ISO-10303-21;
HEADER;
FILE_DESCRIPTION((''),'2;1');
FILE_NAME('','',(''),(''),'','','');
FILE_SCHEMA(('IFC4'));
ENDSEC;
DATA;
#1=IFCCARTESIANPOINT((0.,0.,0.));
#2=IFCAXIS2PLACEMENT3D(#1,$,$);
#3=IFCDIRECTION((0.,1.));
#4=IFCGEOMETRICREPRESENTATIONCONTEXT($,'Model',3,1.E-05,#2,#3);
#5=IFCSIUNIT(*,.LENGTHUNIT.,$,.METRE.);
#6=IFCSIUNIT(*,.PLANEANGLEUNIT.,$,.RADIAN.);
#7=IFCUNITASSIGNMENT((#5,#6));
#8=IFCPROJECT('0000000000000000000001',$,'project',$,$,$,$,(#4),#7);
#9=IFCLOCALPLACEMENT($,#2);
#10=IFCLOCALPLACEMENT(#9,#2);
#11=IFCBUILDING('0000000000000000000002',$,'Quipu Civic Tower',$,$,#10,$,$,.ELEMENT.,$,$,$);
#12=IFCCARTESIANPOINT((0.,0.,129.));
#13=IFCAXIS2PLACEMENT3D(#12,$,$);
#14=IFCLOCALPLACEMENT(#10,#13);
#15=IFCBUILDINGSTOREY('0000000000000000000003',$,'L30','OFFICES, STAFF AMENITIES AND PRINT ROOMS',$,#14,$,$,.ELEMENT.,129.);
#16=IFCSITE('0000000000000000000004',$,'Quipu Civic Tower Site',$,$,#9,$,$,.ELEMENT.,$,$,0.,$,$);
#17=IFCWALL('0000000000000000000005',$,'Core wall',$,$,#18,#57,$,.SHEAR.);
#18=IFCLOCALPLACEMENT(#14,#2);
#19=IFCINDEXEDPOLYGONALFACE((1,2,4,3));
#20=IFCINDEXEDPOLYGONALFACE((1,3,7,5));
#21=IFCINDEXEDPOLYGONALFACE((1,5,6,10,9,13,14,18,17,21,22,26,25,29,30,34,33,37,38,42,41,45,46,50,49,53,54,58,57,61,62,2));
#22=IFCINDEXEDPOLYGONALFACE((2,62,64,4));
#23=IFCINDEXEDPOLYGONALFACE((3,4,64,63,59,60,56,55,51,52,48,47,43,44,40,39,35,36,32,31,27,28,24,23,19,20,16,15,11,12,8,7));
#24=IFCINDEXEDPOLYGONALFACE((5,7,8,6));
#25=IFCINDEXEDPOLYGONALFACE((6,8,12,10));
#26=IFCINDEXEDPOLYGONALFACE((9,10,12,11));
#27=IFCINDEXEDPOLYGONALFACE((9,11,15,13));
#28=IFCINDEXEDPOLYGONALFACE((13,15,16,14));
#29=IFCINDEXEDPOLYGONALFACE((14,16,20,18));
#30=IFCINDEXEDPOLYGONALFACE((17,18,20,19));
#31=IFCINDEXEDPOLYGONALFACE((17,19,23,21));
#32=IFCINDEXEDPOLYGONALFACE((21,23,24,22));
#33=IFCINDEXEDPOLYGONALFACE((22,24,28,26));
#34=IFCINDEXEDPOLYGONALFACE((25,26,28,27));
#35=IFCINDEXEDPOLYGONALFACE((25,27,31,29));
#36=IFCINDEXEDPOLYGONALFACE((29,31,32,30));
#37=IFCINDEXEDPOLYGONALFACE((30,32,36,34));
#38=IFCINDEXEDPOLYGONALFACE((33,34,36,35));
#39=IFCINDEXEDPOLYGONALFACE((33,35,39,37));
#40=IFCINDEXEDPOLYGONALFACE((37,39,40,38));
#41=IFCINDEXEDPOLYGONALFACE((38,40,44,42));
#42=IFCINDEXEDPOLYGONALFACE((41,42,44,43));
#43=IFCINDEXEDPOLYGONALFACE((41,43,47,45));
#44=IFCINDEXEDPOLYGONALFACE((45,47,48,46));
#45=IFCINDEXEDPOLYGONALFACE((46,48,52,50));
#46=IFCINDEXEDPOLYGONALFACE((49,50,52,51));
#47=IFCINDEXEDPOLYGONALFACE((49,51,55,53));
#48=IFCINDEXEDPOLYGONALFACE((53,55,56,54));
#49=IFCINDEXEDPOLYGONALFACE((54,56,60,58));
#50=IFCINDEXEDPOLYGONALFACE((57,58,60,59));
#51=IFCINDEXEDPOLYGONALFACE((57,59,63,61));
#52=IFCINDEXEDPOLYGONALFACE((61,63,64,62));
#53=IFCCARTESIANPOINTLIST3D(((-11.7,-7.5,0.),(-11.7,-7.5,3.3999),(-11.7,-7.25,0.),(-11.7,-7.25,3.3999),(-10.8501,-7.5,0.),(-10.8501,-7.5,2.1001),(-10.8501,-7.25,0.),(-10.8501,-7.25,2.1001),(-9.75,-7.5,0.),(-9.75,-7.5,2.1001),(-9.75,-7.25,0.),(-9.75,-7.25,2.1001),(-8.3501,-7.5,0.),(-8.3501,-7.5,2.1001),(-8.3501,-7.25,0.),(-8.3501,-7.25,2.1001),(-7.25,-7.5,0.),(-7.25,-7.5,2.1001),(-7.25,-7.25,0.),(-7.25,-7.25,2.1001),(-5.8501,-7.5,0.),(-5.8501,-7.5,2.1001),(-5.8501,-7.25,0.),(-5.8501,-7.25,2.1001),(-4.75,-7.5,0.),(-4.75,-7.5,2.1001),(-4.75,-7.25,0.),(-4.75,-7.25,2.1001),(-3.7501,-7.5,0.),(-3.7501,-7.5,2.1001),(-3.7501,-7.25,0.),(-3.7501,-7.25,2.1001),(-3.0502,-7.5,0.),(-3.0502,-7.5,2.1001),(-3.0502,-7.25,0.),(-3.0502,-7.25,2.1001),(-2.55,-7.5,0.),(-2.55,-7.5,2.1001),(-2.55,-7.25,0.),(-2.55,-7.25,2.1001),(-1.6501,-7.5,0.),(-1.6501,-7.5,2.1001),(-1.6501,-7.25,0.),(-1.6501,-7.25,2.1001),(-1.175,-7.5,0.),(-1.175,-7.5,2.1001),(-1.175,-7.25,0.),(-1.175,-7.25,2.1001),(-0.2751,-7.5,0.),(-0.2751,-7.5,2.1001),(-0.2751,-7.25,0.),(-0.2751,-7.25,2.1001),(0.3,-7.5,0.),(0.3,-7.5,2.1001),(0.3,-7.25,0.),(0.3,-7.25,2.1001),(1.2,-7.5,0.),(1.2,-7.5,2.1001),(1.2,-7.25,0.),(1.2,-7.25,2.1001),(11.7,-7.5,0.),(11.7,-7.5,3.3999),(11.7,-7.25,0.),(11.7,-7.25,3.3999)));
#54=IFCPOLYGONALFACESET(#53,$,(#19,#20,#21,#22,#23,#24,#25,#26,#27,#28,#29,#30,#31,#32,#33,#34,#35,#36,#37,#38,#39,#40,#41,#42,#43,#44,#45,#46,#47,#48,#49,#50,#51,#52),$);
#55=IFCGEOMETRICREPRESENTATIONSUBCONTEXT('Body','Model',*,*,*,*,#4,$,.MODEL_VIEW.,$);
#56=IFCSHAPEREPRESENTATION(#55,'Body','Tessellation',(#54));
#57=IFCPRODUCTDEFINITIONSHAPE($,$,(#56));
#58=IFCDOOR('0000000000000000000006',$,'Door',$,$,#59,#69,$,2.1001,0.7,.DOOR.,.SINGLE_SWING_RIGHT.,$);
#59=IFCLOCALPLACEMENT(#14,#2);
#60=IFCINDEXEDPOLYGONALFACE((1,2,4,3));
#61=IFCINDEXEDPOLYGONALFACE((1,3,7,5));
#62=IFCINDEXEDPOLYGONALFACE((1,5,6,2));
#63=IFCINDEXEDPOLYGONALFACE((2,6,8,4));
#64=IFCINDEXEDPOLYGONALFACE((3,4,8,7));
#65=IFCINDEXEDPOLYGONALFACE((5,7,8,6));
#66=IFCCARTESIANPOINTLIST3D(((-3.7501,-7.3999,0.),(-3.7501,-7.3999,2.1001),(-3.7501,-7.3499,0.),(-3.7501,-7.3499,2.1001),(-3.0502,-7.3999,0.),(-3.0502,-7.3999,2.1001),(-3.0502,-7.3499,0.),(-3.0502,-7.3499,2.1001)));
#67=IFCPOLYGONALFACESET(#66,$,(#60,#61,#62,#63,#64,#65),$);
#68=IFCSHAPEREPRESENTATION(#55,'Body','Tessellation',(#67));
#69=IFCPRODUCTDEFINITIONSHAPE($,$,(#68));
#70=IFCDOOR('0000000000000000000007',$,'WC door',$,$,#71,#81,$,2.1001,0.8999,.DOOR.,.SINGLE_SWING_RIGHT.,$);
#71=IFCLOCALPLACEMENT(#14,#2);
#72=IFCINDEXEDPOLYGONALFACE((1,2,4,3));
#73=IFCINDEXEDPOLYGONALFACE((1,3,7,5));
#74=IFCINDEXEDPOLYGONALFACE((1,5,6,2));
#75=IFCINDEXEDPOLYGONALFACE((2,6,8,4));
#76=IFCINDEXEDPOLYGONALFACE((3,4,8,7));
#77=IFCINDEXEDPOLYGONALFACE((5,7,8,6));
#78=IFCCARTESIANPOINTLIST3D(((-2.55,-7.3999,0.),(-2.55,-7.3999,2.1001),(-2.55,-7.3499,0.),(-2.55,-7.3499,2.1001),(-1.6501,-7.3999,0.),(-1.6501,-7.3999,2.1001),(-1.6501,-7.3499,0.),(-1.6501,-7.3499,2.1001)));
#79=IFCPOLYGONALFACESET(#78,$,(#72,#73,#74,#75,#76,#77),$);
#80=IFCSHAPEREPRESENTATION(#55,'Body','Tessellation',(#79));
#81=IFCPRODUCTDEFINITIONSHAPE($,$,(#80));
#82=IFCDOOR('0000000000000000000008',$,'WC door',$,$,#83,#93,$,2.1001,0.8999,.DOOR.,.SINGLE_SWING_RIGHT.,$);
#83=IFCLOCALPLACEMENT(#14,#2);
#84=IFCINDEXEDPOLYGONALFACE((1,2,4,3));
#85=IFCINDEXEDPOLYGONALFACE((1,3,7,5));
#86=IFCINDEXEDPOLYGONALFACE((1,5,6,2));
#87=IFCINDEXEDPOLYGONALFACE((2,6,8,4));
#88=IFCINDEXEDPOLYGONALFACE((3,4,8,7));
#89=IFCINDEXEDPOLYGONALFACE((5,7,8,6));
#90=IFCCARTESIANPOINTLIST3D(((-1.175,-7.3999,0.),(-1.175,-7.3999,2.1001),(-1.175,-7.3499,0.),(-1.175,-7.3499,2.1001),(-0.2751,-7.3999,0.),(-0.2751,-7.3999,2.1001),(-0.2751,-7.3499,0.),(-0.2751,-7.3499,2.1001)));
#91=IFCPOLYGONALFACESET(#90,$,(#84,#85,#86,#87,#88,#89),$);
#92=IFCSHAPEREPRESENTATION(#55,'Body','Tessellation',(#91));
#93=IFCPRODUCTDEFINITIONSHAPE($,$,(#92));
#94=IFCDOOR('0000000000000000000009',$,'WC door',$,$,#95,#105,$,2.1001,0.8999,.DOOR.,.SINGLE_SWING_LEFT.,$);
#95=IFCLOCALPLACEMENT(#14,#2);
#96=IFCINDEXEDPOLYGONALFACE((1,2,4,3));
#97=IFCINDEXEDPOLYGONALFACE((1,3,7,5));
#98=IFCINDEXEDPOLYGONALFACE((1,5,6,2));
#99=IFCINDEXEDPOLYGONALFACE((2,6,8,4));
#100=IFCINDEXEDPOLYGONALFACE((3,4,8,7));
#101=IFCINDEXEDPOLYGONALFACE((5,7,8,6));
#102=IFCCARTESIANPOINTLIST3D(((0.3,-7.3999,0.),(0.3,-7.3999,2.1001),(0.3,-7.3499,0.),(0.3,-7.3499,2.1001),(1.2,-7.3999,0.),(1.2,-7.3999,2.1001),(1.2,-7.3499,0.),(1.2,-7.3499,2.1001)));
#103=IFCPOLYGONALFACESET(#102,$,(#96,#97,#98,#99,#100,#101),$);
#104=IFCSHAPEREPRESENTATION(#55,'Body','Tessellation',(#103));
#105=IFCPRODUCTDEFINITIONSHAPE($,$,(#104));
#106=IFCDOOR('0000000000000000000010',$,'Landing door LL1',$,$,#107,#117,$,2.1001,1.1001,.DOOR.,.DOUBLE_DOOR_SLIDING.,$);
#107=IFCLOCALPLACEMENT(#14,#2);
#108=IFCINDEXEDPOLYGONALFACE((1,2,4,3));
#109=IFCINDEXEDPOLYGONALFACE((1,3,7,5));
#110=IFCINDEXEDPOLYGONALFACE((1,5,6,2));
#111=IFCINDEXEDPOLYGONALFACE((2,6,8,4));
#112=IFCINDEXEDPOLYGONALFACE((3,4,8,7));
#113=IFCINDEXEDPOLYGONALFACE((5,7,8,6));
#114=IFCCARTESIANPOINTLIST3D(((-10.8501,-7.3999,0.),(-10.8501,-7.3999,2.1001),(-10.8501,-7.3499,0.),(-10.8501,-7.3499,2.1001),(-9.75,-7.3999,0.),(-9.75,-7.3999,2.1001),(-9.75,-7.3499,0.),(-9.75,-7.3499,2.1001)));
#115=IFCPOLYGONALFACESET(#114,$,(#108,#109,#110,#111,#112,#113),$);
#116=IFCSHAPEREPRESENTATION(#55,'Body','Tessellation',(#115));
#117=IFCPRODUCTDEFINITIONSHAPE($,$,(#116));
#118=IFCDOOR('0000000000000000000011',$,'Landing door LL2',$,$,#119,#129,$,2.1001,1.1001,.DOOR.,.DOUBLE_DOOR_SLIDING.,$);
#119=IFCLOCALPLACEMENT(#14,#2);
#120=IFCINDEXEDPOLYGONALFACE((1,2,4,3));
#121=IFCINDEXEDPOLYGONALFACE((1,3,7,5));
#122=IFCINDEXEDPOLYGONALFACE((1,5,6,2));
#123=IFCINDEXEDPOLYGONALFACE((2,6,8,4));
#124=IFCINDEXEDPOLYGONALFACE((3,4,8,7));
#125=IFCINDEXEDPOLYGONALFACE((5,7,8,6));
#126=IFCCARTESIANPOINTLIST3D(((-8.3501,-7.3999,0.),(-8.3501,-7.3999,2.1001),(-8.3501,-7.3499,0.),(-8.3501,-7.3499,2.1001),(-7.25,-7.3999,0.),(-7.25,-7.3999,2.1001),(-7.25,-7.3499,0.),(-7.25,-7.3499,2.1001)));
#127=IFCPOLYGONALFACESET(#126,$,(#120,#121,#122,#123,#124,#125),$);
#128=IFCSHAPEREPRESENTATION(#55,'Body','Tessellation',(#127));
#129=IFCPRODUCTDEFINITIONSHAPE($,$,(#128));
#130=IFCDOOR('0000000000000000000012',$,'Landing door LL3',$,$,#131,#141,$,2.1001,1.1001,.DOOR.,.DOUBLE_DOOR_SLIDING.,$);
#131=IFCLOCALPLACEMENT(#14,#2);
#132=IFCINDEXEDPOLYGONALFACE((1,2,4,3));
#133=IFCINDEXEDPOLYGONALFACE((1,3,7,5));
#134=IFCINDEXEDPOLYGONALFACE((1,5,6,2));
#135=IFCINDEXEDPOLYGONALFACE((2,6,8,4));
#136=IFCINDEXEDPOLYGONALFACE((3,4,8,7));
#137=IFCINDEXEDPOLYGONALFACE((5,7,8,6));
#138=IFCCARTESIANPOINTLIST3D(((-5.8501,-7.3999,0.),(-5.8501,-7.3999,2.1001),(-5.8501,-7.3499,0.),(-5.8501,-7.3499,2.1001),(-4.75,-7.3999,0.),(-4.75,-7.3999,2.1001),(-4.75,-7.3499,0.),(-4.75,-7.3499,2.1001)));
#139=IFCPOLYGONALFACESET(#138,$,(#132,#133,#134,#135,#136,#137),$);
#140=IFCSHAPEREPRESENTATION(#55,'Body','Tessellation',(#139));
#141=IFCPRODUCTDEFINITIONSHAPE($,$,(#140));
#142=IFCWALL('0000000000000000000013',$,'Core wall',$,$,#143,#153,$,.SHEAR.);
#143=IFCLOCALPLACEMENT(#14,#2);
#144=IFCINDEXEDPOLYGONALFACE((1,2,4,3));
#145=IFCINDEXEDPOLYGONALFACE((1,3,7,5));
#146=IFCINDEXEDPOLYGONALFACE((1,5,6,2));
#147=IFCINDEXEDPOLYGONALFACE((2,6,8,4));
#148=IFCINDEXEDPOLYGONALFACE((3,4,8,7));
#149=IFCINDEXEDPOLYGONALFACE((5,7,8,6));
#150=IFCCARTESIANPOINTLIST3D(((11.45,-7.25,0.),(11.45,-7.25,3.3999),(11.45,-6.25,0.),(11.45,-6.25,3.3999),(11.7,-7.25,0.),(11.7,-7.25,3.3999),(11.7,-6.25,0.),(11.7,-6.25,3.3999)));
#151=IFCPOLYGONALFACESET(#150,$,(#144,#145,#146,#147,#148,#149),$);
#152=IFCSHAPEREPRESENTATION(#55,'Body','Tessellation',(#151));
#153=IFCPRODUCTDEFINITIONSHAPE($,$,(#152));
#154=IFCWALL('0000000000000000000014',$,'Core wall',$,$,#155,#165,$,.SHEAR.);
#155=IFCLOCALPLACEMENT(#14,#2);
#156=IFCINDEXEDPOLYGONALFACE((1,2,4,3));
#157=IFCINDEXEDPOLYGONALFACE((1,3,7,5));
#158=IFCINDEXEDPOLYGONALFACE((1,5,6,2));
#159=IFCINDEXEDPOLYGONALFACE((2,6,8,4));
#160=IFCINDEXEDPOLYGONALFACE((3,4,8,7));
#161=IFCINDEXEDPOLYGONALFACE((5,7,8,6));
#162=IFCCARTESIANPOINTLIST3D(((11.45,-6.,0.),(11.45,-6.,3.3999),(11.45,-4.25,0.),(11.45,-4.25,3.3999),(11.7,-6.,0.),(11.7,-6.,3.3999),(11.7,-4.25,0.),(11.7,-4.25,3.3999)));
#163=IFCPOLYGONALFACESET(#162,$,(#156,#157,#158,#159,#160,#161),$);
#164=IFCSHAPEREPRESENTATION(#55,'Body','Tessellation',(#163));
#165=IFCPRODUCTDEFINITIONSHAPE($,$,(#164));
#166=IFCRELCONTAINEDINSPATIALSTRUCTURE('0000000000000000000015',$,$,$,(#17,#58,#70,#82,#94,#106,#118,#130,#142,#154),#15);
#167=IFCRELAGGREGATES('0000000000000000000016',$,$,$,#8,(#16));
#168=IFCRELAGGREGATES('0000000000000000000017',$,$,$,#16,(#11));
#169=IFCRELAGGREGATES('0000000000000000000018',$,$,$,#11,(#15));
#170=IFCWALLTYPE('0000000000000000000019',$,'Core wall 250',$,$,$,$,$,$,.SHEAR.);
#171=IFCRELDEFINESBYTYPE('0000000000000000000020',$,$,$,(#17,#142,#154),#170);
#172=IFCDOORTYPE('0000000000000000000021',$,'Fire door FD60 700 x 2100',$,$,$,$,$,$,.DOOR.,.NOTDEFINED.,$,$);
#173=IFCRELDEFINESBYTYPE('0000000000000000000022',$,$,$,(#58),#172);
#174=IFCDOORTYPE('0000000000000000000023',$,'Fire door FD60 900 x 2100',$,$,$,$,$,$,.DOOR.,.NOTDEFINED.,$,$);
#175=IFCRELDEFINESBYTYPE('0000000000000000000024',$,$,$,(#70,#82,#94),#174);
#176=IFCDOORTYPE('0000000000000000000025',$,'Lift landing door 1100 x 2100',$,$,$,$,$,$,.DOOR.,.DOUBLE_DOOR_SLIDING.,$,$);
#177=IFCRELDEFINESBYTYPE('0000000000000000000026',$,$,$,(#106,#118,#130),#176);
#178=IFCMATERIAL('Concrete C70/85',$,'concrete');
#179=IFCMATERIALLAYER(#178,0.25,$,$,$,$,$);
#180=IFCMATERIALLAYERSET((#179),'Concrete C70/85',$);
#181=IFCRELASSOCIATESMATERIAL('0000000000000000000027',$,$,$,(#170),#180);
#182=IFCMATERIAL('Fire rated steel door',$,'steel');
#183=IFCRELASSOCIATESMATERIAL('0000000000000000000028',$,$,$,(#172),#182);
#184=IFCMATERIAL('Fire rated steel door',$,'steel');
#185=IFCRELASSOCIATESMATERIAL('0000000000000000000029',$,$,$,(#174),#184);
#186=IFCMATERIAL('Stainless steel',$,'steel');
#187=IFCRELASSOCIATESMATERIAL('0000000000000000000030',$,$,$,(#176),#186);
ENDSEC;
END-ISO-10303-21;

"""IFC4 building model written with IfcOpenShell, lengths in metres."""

from ifc_helpers import new_model, si_unit, direction, frame, frame_2d, origin, place, context, subcontext, project, spatial, rectangle, extrude, material, layer, layer_set, type_object, element, fill, save


model = new_model("IFC4")

# Units and contexts
model_context = context("Model", 3, precision=1e-05, world=origin(), true_north=direction((0.0, 1.0)))
body_context = subcontext(model_context, "Body", "Model", "MODEL_VIEW")
ifc_project = project(units=[si_unit("LENGTHUNIT", "METRE"), si_unit("PLANEANGLEUNIT", "RADIAN")], contexts=[model_context])

# Site, building, storey
site_placement = place(None, origin())
site = spatial("IfcSite", under=ifc_project, at=site_placement, Name="Quipu Civic Tower Site", CompositionType="ELEMENT", RefElevation=0.0)
building_placement = place(site_placement, origin())
building = spatial("IfcBuilding", under=site, at=building_placement, Name="Quipu Civic Tower", CompositionType="ELEMENT")
storey_placement = place(building_placement, frame((0.0, 0.0, 129.0)))
storey = spatial("IfcBuildingStorey", under=building, at=storey_placement, Name="L30", Description="OFFICES, STAFF AMENITIES AND PRINT ROOMS", CompositionType="ELEMENT", Elevation=129.0)

# Shared definitions
ifc_material_1 = material(Name="Concrete C70/85", Category="concrete")
ifc_layer_1 = layer(ifc_material_1, 0.25)
ifc_layer_set_1 = layer_set([ifc_layer_1], Name="Concrete C70/85")
wall_type_1 = type_object("IfcWallType", Name="Core wall 250", PredefinedType="SHEAR", material=ifc_layer_set_1)

# Wall, openings, doors
wall_1_placement = place(storey_placement, frame((11.7, -7.375, 0.0), z_axis=(0.0, 0.0, 1.0), x_axis=(-1.0, 0.0, 0.0)))
wall_1 = element("IfcWall", 1, at=wall_1_placement, inside=storey, type_object=wall_type_1, Name="Core wall", PredefinedType="SHEAR", context=body_context, shape_type="SweptSolid", body=[
    extrude(rectangle(XDim=23.3999, YDim=0.25, at=frame_2d((11.7, 0.0))), origin(), (0.0, 0.0, 1.0), 3.3999),
])
opening_1_placement = place(wall_1_placement, frame((21.45, 0.0, 0.0)))
opening_1 = element("IfcOpeningElement", 2, at=opening_1_placement, cuts=wall_1, PredefinedType="OPENING", context=body_context, shape_type="SweptSolid", body=[
    extrude(rectangle(XDim=1.1001, YDim=2.1001, at=frame_2d((0.55, 1.05))), frame((0.0, 0.135, 0.0), z_axis=(0.0, -1.0, 0.0), x_axis=(1.0, 0.0, 0.0)), (0.0, 0.0, 1.0), 0.27),
])
opening_2_placement = place(wall_1_placement, frame((18.95, 0.0, 0.0)))
opening_2 = element("IfcOpeningElement", 3, at=opening_2_placement, cuts=wall_1, PredefinedType="OPENING", context=body_context, shape_type="SweptSolid", body=[
    extrude(rectangle(XDim=1.1001, YDim=2.1001, at=frame_2d((0.55, 1.05))), frame((0.0, 0.135, 0.0), z_axis=(0.0, -1.0, 0.0), x_axis=(1.0, 0.0, 0.0)), (0.0, 0.0, 1.0), 0.27),
])
opening_3_placement = place(wall_1_placement, frame((16.45, 0.0, 0.0)))
opening_3 = element("IfcOpeningElement", 4, at=opening_3_placement, cuts=wall_1, PredefinedType="OPENING", context=body_context, shape_type="SweptSolid", body=[
    extrude(rectangle(XDim=1.1001, YDim=2.1001, at=frame_2d((0.55, 1.05))), frame((0.0, 0.135, 0.0), z_axis=(0.0, -1.0, 0.0), x_axis=(1.0, 0.0, 0.0)), (0.0, 0.0, 1.0), 0.27),
])
opening_4_placement = place(wall_1_placement, frame((14.75, 0.0, 0.0)))
opening_4 = element("IfcOpeningElement", 5, at=opening_4_placement, cuts=wall_1, PredefinedType="OPENING", context=body_context, shape_type="SweptSolid", body=[
    extrude(rectangle(XDim=0.7, YDim=2.1001, at=frame_2d((0.3501, 1.05))), frame((0.0, 0.135, 0.0), z_axis=(0.0, -1.0, 0.0), x_axis=(1.0, 0.0, 0.0)), (0.0, 0.0, 1.0), 0.27),
])
opening_5_placement = place(wall_1_placement, frame((13.3501, 0.0, 0.0)))
opening_5 = element("IfcOpeningElement", 6, at=opening_5_placement, cuts=wall_1, PredefinedType="OPENING", context=body_context, shape_type="SweptSolid", body=[
    extrude(rectangle(XDim=0.8999, YDim=2.1001, at=frame_2d((0.45, 1.05))), frame((0.0, 0.135, 0.0), z_axis=(0.0, -1.0, 0.0), x_axis=(1.0, 0.0, 0.0)), (0.0, 0.0, 1.0), 0.27),
])
opening_6_placement = place(wall_1_placement, frame((11.9751, 0.0, 0.0)))
opening_6 = element("IfcOpeningElement", 7, at=opening_6_placement, cuts=wall_1, PredefinedType="OPENING", context=body_context, shape_type="SweptSolid", body=[
    extrude(rectangle(XDim=0.8999, YDim=2.1001, at=frame_2d((0.45, 1.05))), frame((0.0, 0.135, 0.0), z_axis=(0.0, -1.0, 0.0), x_axis=(1.0, 0.0, 0.0)), (0.0, 0.0, 1.0), 0.27),
])
opening_7_placement = place(wall_1_placement, frame((10.5, 0.0, 0.0)))
opening_7 = element("IfcOpeningElement", 8, at=opening_7_placement, cuts=wall_1, PredefinedType="OPENING", context=body_context, shape_type="SweptSolid", body=[
    extrude(rectangle(XDim=0.8999, YDim=2.1001, at=frame_2d((0.45, 1.05))), frame((0.0, 0.135, 0.0), z_axis=(0.0, -1.0, 0.0), x_axis=(1.0, 0.0, 0.0)), (0.0, 0.0, 1.0), 0.27),
])
ifc_material_2 = material(Name="Fire rated steel door", Category="steel")
door_type_1 = type_object("IfcDoorType", Name="Fire door FD60 700 x 2100", OperationType="NOTDEFINED", PredefinedType="DOOR", material=ifc_material_2)
door_1_placement = place(opening_4_placement, origin())
door_1 = element("IfcDoor", 9, at=door_1_placement, inside=storey, type_object=door_type_1, Name="Door", OperationType="SINGLE_SWING_RIGHT", OverallHeight=2.1001, OverallWidth=0.7, PredefinedType="DOOR", context=body_context, shape_type="SweptSolid", body=[
    extrude(rectangle(XDim=0.7, YDim=2.1001, at=frame_2d((0.3501, 1.05))), frame((0.0, 0.0249, 0.0), z_axis=(0.0, -1.0, 0.0), x_axis=(1.0, 0.0, 0.0)), (0.0, 0.0, 1.0), 0.05),
])
fill(opening_4, door_1)
ifc_material_3 = material(Name="Fire rated steel door", Category="steel")
door_type_2 = type_object("IfcDoorType", Name="Fire door FD60 900 x 2100", OperationType="NOTDEFINED", PredefinedType="DOOR", material=ifc_material_3)
door_2_placement = place(opening_5_placement, origin())
door_2 = element("IfcDoor", 10, at=door_2_placement, inside=storey, type_object=door_type_2, Name="WC door", OperationType="SINGLE_SWING_RIGHT", OverallHeight=2.1001, OverallWidth=0.8999, PredefinedType="DOOR", context=body_context, shape_type="SweptSolid", body=[
    extrude(rectangle(XDim=0.8999, YDim=2.1001, at=frame_2d((0.45, 1.05))), frame((0.0, 0.0249, 0.0), z_axis=(0.0, -1.0, 0.0), x_axis=(1.0, 0.0, 0.0)), (0.0, 0.0, 1.0), 0.05),
])
fill(opening_5, door_2)
door_3_placement = place(opening_6_placement, origin())
door_3 = element("IfcDoor", 11, at=door_3_placement, inside=storey, type_object=door_type_2, Name="WC door", OperationType="SINGLE_SWING_RIGHT", OverallHeight=2.1001, OverallWidth=0.8999, PredefinedType="DOOR", context=body_context, shape_type="SweptSolid", body=[
    extrude(rectangle(XDim=0.8999, YDim=2.1001, at=frame_2d((0.45, 1.05))), frame((0.0, 0.0249, 0.0), z_axis=(0.0, -1.0, 0.0), x_axis=(1.0, 0.0, 0.0)), (0.0, 0.0, 1.0), 0.05),
])
fill(opening_6, door_3)
door_4_placement = place(opening_7_placement, origin())
door_4 = element("IfcDoor", 12, at=door_4_placement, inside=storey, type_object=door_type_2, Name="WC door", OperationType="SINGLE_SWING_LEFT", OverallHeight=2.1001, OverallWidth=0.8999, PredefinedType="DOOR", context=body_context, shape_type="SweptSolid", body=[
    extrude(rectangle(XDim=0.8999, YDim=2.1001, at=frame_2d((0.45, 1.05))), frame((0.0, 0.0249, 0.0), z_axis=(0.0, -1.0, 0.0), x_axis=(1.0, 0.0, 0.0)), (0.0, 0.0, 1.0), 0.05),
])
fill(opening_7, door_4)
ifc_material_4 = material(Name="Stainless steel", Category="steel")
door_type_3 = type_object("IfcDoorType", Name="Lift landing door 1100 x 2100", OperationType="DOUBLE_DOOR_SLIDING", PredefinedType="DOOR", material=ifc_material_4)
door_5_placement = place(opening_1_placement, origin())
door_5 = element("IfcDoor", 13, at=door_5_placement, inside=storey, type_object=door_type_3, Name="Landing door LL1", OperationType="DOUBLE_DOOR_SLIDING", OverallHeight=2.1001, OverallWidth=1.1001, PredefinedType="DOOR", context=body_context, shape_type="SweptSolid", body=[
    extrude(rectangle(XDim=1.1001, YDim=2.1001, at=frame_2d((0.55, 1.05))), frame((0.0, 0.0249, 0.0), z_axis=(0.0, -1.0, 0.0), x_axis=(1.0, 0.0, 0.0)), (0.0, 0.0, 1.0), 0.05),
])
fill(opening_1, door_5)
door_6_placement = place(opening_2_placement, origin())
door_6 = element("IfcDoor", 14, at=door_6_placement, inside=storey, type_object=door_type_3, Name="Landing door LL2", OperationType="DOUBLE_DOOR_SLIDING", OverallHeight=2.1001, OverallWidth=1.1001, PredefinedType="DOOR", context=body_context, shape_type="SweptSolid", body=[
    extrude(rectangle(XDim=1.1001, YDim=2.1001, at=frame_2d((0.55, 1.05))), frame((0.0, 0.0249, 0.0), z_axis=(0.0, -1.0, 0.0), x_axis=(1.0, 0.0, 0.0)), (0.0, 0.0, 1.0), 0.05),
])
fill(opening_2, door_6)
door_7_placement = place(opening_3_placement, origin())
door_7 = element("IfcDoor", 15, at=door_7_placement, inside=storey, type_object=door_type_3, Name="Landing door LL3", OperationType="DOUBLE_DOOR_SLIDING", OverallHeight=2.1001, OverallWidth=1.1001, PredefinedType="DOOR", context=body_context, shape_type="SweptSolid", body=[
    extrude(rectangle(XDim=1.1001, YDim=2.1001, at=frame_2d((0.55, 1.05))), frame((0.0, 0.0249, 0.0), z_axis=(0.0, -1.0, 0.0), x_axis=(1.0, 0.0, 0.0)), (0.0, 0.0, 1.0), 0.05),
])
fill(opening_3, door_7)

# Walls
wall_2_placement = place(storey_placement, frame((11.575, -7.25, 0.0), z_axis=(0.0, 0.0, 1.0), x_axis=(0.0, 1.0, 0.0)))
element("IfcWall", 16, at=wall_2_placement, inside=storey, type_object=wall_type_1, Name="Core wall", PredefinedType="SHEAR", context=body_context, shape_type="SweptSolid", body=[
    extrude(rectangle(XDim=1.0, YDim=0.25, at=frame_2d((0.5, 0.0))), origin(), (0.0, 0.0, 1.0), 3.3999),
])
wall_3_placement = place(storey_placement, frame((11.575, -6.0, 0.0), z_axis=(0.0, 0.0, 1.0), x_axis=(0.0, 1.0, 0.0)))
element("IfcWall", 17, at=wall_3_placement, inside=storey, type_object=wall_type_1, Name="Core wall", PredefinedType="SHEAR", context=body_context, shape_type="SweptSolid", body=[
    extrude(rectangle(XDim=1.75, YDim=0.25, at=frame_2d((0.875, 0.0))), origin(), (0.0, 0.0, 1.0), 3.3999),
])

save(model, "model.ifc")
